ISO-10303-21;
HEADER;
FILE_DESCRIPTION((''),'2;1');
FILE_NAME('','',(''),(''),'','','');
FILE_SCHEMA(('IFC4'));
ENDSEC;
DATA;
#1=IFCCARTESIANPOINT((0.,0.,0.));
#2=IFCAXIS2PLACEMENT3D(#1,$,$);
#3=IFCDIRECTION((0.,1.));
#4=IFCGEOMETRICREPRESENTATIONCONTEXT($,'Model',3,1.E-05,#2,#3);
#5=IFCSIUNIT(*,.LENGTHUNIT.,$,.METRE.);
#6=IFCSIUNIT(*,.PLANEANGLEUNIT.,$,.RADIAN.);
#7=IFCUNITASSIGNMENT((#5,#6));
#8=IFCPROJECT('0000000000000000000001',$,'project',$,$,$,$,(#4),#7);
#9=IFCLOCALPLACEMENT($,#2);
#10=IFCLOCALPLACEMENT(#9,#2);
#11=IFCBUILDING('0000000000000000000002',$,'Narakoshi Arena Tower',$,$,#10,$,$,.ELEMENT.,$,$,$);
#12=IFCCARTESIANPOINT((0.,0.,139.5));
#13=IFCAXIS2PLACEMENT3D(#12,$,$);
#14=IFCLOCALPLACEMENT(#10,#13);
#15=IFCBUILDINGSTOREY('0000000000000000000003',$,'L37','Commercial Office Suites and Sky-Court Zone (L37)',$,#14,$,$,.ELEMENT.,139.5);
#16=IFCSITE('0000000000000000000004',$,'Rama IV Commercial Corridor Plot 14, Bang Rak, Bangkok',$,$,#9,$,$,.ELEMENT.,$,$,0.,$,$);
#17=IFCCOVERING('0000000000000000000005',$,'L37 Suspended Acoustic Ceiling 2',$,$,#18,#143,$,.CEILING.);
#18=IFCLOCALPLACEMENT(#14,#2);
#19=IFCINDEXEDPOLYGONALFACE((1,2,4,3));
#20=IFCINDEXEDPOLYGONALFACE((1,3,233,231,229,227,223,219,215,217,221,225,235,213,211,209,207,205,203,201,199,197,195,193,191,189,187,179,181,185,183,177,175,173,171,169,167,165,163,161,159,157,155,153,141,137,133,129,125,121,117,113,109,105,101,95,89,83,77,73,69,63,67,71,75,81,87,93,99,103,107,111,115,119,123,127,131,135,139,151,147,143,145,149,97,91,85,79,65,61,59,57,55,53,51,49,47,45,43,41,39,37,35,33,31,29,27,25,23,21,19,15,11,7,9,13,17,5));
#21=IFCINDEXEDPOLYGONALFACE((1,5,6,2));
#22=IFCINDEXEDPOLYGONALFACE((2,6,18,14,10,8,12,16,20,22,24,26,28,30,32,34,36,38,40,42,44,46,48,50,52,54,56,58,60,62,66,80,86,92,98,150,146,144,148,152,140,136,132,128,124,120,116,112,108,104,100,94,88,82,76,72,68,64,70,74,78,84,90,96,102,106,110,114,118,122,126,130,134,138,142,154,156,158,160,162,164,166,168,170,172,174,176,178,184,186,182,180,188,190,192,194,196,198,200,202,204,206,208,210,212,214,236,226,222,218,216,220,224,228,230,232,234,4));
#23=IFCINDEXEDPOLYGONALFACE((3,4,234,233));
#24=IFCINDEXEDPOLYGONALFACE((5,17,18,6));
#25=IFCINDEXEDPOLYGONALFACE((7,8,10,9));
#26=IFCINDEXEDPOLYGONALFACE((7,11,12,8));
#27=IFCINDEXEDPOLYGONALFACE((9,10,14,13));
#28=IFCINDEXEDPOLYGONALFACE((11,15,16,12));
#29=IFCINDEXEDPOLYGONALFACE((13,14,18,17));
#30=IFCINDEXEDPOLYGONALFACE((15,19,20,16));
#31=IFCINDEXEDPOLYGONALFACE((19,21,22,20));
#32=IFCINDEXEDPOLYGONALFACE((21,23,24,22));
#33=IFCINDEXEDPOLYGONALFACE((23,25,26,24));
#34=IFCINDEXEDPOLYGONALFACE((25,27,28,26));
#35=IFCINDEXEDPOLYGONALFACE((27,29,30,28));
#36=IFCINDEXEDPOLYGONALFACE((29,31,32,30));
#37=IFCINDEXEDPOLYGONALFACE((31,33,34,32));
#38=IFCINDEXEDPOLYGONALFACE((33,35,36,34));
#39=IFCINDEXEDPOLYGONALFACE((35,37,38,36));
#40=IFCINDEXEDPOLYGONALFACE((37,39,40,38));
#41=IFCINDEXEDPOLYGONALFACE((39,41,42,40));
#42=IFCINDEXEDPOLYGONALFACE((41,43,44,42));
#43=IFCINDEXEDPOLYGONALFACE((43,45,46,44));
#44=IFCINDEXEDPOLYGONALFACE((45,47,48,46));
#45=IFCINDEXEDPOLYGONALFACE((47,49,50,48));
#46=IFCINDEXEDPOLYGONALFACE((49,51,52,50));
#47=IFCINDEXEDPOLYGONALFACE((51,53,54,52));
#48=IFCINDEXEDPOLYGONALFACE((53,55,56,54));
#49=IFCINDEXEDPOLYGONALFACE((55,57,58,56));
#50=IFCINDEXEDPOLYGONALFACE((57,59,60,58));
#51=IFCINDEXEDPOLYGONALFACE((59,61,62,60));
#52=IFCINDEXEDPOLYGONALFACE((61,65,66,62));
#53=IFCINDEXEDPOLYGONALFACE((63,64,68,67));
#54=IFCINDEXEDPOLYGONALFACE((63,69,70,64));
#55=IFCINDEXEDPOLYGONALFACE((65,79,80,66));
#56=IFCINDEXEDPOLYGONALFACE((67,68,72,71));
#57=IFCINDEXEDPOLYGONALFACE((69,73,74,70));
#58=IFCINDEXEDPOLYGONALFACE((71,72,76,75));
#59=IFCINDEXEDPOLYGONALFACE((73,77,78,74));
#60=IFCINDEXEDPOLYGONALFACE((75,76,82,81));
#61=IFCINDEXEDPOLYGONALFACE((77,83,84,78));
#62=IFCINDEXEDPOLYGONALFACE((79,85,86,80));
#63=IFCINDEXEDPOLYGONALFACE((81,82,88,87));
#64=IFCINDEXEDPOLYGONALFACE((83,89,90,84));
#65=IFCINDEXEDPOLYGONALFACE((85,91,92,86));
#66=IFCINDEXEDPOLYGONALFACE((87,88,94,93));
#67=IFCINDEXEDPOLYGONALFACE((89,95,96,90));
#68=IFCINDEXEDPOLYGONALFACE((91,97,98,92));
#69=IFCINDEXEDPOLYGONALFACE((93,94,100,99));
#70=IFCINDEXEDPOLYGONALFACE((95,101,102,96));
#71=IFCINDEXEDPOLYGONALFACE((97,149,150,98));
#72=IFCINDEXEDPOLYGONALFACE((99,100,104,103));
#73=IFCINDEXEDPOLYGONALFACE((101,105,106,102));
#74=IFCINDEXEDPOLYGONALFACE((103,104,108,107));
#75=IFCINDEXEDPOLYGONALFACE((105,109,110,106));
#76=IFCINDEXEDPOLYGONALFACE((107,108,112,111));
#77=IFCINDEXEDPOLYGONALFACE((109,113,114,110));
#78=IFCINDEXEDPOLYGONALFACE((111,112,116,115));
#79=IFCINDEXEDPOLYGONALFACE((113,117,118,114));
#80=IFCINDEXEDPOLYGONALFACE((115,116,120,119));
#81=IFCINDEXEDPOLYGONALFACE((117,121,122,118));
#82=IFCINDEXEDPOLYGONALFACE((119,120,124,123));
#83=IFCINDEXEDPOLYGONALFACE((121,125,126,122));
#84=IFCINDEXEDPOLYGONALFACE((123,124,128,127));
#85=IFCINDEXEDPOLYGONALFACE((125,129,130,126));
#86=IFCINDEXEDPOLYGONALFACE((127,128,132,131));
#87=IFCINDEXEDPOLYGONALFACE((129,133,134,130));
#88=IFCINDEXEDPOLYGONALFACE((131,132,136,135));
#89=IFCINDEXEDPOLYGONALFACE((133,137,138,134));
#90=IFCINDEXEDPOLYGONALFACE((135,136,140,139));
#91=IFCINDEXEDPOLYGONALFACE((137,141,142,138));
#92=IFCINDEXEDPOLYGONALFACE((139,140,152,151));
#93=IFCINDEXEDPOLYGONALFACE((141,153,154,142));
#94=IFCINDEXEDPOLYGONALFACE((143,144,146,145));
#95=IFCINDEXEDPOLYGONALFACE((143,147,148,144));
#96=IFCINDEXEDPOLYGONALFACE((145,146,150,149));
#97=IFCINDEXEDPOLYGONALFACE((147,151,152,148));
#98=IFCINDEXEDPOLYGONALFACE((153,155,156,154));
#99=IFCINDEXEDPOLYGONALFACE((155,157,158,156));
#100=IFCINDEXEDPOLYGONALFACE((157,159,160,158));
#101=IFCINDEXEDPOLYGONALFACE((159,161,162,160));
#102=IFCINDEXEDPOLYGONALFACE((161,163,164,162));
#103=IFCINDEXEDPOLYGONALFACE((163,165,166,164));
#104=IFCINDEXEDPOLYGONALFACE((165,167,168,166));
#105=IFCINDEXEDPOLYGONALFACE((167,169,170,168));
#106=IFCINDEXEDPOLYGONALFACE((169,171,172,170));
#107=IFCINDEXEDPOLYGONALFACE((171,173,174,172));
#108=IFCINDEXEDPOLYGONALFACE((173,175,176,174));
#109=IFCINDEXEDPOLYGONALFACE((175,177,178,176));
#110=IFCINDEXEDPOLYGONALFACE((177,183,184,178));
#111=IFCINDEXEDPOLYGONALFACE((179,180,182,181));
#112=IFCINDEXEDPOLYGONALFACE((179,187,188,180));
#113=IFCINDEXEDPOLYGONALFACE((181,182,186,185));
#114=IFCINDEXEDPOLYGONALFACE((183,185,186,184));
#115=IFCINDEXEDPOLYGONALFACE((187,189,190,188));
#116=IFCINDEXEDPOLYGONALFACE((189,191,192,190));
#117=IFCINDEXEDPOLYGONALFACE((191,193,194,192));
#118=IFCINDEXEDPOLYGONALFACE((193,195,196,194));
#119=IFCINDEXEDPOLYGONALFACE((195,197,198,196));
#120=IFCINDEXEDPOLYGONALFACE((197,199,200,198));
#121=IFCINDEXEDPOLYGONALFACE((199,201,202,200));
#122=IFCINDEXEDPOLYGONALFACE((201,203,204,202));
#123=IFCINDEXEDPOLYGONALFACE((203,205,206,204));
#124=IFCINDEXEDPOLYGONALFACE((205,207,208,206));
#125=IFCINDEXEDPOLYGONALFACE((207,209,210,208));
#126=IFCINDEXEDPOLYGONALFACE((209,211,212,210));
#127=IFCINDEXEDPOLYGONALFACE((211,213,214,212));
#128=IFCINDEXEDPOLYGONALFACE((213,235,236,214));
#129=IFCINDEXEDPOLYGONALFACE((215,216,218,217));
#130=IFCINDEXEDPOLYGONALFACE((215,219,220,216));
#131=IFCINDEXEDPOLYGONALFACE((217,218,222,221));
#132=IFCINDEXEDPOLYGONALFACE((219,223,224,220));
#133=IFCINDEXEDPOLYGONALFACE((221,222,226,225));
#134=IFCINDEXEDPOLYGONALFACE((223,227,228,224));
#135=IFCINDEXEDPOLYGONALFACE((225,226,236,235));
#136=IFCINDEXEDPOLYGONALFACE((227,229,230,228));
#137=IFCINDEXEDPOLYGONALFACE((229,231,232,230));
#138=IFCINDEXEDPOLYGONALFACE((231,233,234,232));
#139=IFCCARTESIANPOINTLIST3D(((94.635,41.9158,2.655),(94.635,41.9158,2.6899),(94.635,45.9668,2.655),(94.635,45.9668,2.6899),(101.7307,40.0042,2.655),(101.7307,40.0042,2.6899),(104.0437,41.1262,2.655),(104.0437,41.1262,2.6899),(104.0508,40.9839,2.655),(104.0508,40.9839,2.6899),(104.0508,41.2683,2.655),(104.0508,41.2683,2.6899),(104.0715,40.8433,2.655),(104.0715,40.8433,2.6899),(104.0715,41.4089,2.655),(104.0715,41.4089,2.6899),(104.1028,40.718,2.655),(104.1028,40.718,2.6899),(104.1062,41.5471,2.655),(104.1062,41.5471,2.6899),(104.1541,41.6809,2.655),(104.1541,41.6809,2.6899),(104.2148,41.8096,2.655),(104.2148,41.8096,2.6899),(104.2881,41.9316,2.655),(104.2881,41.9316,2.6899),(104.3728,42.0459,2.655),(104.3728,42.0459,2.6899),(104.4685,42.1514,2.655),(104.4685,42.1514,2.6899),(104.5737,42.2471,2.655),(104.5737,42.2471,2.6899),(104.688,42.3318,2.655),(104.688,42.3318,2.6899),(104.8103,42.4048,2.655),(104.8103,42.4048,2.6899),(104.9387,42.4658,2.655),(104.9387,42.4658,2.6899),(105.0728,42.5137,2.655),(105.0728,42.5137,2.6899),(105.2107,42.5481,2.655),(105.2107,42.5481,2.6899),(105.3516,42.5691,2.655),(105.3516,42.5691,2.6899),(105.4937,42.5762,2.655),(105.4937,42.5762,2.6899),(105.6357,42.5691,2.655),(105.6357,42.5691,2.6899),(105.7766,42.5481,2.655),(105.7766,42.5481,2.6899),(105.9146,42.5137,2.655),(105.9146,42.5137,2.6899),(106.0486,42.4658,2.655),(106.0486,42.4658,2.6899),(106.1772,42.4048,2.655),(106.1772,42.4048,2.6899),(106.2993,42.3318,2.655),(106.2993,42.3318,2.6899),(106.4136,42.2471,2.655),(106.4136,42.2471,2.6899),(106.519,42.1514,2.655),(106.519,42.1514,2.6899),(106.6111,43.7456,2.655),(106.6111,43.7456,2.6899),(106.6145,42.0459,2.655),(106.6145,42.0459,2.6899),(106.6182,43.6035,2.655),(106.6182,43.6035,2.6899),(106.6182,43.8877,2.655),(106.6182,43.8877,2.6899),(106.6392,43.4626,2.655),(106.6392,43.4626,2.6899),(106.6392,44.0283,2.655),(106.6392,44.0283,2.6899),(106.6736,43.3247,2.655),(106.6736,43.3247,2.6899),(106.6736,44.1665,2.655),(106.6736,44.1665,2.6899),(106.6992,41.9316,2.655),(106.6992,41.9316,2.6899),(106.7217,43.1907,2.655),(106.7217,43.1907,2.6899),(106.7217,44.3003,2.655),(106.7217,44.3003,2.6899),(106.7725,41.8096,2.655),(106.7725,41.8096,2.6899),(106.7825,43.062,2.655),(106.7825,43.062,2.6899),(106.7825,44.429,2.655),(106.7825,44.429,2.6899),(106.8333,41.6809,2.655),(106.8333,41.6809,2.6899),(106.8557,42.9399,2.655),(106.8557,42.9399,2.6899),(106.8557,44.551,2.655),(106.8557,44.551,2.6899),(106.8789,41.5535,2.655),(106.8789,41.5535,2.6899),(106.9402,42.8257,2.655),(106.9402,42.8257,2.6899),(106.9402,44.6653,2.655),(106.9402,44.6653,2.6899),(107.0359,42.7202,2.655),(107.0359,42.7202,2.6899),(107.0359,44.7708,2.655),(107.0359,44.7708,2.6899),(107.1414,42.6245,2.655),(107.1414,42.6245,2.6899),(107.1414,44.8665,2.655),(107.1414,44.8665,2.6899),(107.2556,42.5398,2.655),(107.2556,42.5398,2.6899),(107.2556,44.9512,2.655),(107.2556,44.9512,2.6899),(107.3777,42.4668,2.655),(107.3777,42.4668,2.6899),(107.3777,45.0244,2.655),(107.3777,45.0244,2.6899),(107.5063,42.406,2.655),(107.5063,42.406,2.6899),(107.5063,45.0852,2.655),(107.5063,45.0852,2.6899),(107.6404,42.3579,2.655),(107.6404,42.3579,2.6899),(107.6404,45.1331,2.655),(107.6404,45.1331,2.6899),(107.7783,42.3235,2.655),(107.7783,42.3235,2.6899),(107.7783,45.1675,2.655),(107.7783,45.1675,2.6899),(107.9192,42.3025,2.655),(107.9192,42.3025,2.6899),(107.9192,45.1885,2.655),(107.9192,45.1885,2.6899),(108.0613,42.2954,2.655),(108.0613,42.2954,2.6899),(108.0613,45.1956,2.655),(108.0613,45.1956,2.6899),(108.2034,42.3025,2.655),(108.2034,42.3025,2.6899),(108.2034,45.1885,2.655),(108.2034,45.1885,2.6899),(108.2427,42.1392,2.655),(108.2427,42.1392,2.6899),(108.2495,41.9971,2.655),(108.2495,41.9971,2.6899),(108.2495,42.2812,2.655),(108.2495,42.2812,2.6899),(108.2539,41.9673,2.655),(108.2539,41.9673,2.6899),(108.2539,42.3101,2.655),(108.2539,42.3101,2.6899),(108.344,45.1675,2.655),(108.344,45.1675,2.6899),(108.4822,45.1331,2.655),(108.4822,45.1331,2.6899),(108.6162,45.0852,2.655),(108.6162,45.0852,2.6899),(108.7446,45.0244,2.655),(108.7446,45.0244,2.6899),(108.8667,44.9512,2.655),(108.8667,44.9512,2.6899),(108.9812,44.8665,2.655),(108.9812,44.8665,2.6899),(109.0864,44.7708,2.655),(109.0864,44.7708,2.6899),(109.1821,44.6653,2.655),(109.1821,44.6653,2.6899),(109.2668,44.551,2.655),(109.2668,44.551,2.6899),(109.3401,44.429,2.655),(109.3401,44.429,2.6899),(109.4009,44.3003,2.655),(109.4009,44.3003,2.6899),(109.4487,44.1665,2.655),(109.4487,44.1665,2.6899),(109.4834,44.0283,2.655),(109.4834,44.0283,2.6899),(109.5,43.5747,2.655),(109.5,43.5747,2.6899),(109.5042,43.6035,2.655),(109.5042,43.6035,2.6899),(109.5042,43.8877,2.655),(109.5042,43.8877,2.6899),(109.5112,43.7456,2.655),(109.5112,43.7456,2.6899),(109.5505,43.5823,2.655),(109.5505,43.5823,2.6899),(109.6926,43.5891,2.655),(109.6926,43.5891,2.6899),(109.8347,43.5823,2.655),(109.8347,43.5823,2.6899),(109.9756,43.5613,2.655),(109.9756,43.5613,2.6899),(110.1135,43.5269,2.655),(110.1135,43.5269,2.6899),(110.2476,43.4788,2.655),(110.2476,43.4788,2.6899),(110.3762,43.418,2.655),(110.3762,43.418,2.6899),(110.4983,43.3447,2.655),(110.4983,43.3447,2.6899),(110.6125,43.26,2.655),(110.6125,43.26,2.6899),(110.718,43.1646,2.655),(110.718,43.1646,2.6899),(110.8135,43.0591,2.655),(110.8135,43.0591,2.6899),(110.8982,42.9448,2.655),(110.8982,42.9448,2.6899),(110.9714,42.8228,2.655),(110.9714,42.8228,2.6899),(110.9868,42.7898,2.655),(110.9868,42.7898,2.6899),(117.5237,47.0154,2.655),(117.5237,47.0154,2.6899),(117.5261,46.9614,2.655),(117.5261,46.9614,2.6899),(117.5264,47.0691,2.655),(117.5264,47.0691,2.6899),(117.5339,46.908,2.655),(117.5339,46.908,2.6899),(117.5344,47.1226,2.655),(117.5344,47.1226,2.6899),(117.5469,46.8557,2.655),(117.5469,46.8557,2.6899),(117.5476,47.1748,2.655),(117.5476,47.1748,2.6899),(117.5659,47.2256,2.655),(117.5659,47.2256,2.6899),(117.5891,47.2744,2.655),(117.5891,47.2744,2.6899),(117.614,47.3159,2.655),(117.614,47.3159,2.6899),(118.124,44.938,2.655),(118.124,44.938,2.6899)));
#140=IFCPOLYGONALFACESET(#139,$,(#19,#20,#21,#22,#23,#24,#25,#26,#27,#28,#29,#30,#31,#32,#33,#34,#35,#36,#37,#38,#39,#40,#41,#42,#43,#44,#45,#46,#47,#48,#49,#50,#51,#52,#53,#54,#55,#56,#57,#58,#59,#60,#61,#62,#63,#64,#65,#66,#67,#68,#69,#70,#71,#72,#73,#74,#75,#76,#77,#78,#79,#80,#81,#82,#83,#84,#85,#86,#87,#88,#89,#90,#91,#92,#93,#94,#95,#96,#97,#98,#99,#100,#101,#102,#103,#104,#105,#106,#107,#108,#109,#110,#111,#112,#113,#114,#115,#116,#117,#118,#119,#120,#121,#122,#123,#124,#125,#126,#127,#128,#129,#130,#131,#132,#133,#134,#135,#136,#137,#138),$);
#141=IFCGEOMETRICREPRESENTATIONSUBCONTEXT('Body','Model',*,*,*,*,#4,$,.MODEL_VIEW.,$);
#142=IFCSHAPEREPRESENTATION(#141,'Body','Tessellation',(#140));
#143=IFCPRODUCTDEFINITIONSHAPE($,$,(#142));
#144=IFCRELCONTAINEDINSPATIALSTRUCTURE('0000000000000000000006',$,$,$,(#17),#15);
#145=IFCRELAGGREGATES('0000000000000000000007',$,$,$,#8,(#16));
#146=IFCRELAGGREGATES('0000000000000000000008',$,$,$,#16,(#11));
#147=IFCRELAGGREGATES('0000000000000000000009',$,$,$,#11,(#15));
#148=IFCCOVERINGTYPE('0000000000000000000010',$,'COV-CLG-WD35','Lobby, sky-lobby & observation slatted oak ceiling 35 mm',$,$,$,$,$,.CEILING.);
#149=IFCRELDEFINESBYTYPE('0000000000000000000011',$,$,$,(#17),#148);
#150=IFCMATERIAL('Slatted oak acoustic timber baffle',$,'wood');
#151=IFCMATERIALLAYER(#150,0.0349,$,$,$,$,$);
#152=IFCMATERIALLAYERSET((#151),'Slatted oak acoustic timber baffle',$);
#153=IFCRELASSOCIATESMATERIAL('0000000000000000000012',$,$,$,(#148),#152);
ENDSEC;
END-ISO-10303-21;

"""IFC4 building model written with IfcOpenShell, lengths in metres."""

from ifc_helpers import new_model, si_unit, direction, frame, origin, place, context, subcontext, project, spatial, polyline, outline, extrude, material, layer, layer_set, type_object, element, save


model = new_model("IFC4")

# Units and contexts
model_context = context("Model", 3, precision=1e-05, world=origin(), true_north=direction((0.0, 1.0)))
body_context = subcontext(model_context, "Body", "Model", "MODEL_VIEW")
ifc_project = project(units=[si_unit("LENGTHUNIT", "METRE"), si_unit("PLANEANGLEUNIT", "RADIAN")], contexts=[model_context])

# Site, building, storey
site_placement = place(None, origin())
site = spatial("IfcSite", under=ifc_project, at=site_placement, Name="Rama IV Commercial Corridor Plot 14, Bang Rak, Bangkok", CompositionType="ELEMENT", RefElevation=0.0)
building_placement = place(site_placement, origin())
building = spatial("IfcBuilding", under=site, at=building_placement, Name="Narakoshi Arena Tower", CompositionType="ELEMENT")
storey_placement = place(building_placement, frame((0.0, 0.0, 139.5)))
storey = spatial("IfcBuildingStorey", under=building, at=storey_placement, Name="L37", Description="Commercial Office Suites and Sky-Court Zone (L37)", CompositionType="ELEMENT", Elevation=139.5)

# Covering
ifc_material_1 = material(Name="Slatted oak acoustic timber baffle", Category="wood")
ifc_layer_1 = layer(ifc_material_1, 0.0349)
ifc_layer_set_1 = layer_set([ifc_layer_1], Name="Slatted oak acoustic timber baffle")
covering_type_1 = type_object("IfcCoveringType", Name="COV-CLG-WD35", Description="Lobby, sky-lobby & observation slatted oak ceiling 35 mm", PredefinedType="CEILING", material=ifc_layer_set_1)
covering_1_placement = place(storey_placement, frame((0.0, 0.0, 2.655)))
element("IfcCovering", 1, at=covering_1_placement, inside=storey, type_object=covering_type_1, Name="L37 Suspended Acoustic Ceiling 2", PredefinedType="CEILING", context=body_context, shape_type="SweptSolid", body=[
    extrude(outline(polyline([(117.5891, 47.2744), (117.5659, 47.2256), (117.5476, 47.1748), (117.5344, 47.1226), (117.5264, 47.0691), (117.5237, 47.0154), (117.5261, 46.9614), (117.5339, 46.908), (117.5469, 46.8557), (118.124, 44.938), (110.9868, 42.7898), (110.9714, 42.8228), (110.8982, 42.9448), (110.8135, 43.0591), (110.718, 43.1646), (110.6125, 43.26), (110.4983, 43.3447), (110.3762, 43.418), (110.2476, 43.4788), (110.1135, 43.5269), (109.9756, 43.5613), (109.8347, 43.5823), (109.6926, 43.5891), (109.5505, 43.5823), (109.5, 43.5747), (109.5042, 43.6035), (109.5112, 43.7456), (109.5042, 43.8877), (109.4834, 44.0283), (109.4487, 44.1665), (109.4009, 44.3003), (109.3401, 44.429), (109.2668, 44.551), (109.1821, 44.6653), (109.0864, 44.7708), (108.9812, 44.8665), (108.8667, 44.9512), (108.7446, 45.0244), (108.6162, 45.0852), (108.4822, 45.1331), (108.344, 45.1675), (108.2034, 45.1885), (108.0613, 45.1956), (107.9192, 45.1885), (107.7783, 45.1675), (107.6404, 45.1331), (107.5063, 45.0852), (107.3777, 45.0244), (107.2556, 44.9512), (107.1414, 44.8665), (107.0359, 44.7708), (106.9402, 44.6653), (106.8557, 44.551), (106.7825, 44.429), (106.7217, 44.3003), (106.6736, 44.1665), (106.6392, 44.0283), (106.6182, 43.8877), (106.6111, 43.7456), (106.6182, 43.6035), (106.6392, 43.4626), (106.6736, 43.3247), (106.7217, 43.1907), (106.7825, 43.062), (106.8557, 42.9399), (106.9402, 42.8257), (107.0359, 42.7202), (107.1414, 42.6245), (107.2556, 42.5398), (107.3777, 42.4668), (107.5063, 42.406), (107.6404, 42.3579), (107.7783, 42.3235), (107.9192, 42.3025), (108.0613, 42.2954), (108.2034, 42.3025), (108.2539, 42.3101), (108.2495, 42.2812), (108.2427, 42.1392), (108.2495, 41.9971), (108.2539, 41.9673), (106.8789, 41.5535), (106.8333, 41.6809), (106.7725, 41.8096), (106.6992, 41.9316), (106.6145, 42.0459), (106.519, 42.1514), (106.4136, 42.2471), (106.2993, 42.3318), (106.1772, 42.4048), (106.0486, 42.4658), (105.9146, 42.5137), (105.7766, 42.5481), (105.6357, 42.5691), (105.4937, 42.5762), (105.3516, 42.5691), (105.2107, 42.5481), (105.0728, 42.5137), (104.9387, 42.4658), (104.8103, 42.4048), (104.688, 42.3318), (104.5737, 42.2471), (104.4685, 42.1514), (104.3728, 42.0459), (104.2881, 41.9316), (104.2148, 41.8096), (104.1541, 41.6809), (104.1062, 41.5471), (104.0715, 41.4089), (104.0508, 41.2683), (104.0437, 41.1262), (104.0508, 40.9839), (104.0715, 40.8433), (104.1028, 40.718), (101.7307, 40.0042), (94.635, 41.9158), (94.635, 45.9668), (117.614, 47.3159), (117.5891, 47.2744)])), origin(), (0.0, 0.0, 1.0), 0.0349),
])

save(model, "model.ifc")
